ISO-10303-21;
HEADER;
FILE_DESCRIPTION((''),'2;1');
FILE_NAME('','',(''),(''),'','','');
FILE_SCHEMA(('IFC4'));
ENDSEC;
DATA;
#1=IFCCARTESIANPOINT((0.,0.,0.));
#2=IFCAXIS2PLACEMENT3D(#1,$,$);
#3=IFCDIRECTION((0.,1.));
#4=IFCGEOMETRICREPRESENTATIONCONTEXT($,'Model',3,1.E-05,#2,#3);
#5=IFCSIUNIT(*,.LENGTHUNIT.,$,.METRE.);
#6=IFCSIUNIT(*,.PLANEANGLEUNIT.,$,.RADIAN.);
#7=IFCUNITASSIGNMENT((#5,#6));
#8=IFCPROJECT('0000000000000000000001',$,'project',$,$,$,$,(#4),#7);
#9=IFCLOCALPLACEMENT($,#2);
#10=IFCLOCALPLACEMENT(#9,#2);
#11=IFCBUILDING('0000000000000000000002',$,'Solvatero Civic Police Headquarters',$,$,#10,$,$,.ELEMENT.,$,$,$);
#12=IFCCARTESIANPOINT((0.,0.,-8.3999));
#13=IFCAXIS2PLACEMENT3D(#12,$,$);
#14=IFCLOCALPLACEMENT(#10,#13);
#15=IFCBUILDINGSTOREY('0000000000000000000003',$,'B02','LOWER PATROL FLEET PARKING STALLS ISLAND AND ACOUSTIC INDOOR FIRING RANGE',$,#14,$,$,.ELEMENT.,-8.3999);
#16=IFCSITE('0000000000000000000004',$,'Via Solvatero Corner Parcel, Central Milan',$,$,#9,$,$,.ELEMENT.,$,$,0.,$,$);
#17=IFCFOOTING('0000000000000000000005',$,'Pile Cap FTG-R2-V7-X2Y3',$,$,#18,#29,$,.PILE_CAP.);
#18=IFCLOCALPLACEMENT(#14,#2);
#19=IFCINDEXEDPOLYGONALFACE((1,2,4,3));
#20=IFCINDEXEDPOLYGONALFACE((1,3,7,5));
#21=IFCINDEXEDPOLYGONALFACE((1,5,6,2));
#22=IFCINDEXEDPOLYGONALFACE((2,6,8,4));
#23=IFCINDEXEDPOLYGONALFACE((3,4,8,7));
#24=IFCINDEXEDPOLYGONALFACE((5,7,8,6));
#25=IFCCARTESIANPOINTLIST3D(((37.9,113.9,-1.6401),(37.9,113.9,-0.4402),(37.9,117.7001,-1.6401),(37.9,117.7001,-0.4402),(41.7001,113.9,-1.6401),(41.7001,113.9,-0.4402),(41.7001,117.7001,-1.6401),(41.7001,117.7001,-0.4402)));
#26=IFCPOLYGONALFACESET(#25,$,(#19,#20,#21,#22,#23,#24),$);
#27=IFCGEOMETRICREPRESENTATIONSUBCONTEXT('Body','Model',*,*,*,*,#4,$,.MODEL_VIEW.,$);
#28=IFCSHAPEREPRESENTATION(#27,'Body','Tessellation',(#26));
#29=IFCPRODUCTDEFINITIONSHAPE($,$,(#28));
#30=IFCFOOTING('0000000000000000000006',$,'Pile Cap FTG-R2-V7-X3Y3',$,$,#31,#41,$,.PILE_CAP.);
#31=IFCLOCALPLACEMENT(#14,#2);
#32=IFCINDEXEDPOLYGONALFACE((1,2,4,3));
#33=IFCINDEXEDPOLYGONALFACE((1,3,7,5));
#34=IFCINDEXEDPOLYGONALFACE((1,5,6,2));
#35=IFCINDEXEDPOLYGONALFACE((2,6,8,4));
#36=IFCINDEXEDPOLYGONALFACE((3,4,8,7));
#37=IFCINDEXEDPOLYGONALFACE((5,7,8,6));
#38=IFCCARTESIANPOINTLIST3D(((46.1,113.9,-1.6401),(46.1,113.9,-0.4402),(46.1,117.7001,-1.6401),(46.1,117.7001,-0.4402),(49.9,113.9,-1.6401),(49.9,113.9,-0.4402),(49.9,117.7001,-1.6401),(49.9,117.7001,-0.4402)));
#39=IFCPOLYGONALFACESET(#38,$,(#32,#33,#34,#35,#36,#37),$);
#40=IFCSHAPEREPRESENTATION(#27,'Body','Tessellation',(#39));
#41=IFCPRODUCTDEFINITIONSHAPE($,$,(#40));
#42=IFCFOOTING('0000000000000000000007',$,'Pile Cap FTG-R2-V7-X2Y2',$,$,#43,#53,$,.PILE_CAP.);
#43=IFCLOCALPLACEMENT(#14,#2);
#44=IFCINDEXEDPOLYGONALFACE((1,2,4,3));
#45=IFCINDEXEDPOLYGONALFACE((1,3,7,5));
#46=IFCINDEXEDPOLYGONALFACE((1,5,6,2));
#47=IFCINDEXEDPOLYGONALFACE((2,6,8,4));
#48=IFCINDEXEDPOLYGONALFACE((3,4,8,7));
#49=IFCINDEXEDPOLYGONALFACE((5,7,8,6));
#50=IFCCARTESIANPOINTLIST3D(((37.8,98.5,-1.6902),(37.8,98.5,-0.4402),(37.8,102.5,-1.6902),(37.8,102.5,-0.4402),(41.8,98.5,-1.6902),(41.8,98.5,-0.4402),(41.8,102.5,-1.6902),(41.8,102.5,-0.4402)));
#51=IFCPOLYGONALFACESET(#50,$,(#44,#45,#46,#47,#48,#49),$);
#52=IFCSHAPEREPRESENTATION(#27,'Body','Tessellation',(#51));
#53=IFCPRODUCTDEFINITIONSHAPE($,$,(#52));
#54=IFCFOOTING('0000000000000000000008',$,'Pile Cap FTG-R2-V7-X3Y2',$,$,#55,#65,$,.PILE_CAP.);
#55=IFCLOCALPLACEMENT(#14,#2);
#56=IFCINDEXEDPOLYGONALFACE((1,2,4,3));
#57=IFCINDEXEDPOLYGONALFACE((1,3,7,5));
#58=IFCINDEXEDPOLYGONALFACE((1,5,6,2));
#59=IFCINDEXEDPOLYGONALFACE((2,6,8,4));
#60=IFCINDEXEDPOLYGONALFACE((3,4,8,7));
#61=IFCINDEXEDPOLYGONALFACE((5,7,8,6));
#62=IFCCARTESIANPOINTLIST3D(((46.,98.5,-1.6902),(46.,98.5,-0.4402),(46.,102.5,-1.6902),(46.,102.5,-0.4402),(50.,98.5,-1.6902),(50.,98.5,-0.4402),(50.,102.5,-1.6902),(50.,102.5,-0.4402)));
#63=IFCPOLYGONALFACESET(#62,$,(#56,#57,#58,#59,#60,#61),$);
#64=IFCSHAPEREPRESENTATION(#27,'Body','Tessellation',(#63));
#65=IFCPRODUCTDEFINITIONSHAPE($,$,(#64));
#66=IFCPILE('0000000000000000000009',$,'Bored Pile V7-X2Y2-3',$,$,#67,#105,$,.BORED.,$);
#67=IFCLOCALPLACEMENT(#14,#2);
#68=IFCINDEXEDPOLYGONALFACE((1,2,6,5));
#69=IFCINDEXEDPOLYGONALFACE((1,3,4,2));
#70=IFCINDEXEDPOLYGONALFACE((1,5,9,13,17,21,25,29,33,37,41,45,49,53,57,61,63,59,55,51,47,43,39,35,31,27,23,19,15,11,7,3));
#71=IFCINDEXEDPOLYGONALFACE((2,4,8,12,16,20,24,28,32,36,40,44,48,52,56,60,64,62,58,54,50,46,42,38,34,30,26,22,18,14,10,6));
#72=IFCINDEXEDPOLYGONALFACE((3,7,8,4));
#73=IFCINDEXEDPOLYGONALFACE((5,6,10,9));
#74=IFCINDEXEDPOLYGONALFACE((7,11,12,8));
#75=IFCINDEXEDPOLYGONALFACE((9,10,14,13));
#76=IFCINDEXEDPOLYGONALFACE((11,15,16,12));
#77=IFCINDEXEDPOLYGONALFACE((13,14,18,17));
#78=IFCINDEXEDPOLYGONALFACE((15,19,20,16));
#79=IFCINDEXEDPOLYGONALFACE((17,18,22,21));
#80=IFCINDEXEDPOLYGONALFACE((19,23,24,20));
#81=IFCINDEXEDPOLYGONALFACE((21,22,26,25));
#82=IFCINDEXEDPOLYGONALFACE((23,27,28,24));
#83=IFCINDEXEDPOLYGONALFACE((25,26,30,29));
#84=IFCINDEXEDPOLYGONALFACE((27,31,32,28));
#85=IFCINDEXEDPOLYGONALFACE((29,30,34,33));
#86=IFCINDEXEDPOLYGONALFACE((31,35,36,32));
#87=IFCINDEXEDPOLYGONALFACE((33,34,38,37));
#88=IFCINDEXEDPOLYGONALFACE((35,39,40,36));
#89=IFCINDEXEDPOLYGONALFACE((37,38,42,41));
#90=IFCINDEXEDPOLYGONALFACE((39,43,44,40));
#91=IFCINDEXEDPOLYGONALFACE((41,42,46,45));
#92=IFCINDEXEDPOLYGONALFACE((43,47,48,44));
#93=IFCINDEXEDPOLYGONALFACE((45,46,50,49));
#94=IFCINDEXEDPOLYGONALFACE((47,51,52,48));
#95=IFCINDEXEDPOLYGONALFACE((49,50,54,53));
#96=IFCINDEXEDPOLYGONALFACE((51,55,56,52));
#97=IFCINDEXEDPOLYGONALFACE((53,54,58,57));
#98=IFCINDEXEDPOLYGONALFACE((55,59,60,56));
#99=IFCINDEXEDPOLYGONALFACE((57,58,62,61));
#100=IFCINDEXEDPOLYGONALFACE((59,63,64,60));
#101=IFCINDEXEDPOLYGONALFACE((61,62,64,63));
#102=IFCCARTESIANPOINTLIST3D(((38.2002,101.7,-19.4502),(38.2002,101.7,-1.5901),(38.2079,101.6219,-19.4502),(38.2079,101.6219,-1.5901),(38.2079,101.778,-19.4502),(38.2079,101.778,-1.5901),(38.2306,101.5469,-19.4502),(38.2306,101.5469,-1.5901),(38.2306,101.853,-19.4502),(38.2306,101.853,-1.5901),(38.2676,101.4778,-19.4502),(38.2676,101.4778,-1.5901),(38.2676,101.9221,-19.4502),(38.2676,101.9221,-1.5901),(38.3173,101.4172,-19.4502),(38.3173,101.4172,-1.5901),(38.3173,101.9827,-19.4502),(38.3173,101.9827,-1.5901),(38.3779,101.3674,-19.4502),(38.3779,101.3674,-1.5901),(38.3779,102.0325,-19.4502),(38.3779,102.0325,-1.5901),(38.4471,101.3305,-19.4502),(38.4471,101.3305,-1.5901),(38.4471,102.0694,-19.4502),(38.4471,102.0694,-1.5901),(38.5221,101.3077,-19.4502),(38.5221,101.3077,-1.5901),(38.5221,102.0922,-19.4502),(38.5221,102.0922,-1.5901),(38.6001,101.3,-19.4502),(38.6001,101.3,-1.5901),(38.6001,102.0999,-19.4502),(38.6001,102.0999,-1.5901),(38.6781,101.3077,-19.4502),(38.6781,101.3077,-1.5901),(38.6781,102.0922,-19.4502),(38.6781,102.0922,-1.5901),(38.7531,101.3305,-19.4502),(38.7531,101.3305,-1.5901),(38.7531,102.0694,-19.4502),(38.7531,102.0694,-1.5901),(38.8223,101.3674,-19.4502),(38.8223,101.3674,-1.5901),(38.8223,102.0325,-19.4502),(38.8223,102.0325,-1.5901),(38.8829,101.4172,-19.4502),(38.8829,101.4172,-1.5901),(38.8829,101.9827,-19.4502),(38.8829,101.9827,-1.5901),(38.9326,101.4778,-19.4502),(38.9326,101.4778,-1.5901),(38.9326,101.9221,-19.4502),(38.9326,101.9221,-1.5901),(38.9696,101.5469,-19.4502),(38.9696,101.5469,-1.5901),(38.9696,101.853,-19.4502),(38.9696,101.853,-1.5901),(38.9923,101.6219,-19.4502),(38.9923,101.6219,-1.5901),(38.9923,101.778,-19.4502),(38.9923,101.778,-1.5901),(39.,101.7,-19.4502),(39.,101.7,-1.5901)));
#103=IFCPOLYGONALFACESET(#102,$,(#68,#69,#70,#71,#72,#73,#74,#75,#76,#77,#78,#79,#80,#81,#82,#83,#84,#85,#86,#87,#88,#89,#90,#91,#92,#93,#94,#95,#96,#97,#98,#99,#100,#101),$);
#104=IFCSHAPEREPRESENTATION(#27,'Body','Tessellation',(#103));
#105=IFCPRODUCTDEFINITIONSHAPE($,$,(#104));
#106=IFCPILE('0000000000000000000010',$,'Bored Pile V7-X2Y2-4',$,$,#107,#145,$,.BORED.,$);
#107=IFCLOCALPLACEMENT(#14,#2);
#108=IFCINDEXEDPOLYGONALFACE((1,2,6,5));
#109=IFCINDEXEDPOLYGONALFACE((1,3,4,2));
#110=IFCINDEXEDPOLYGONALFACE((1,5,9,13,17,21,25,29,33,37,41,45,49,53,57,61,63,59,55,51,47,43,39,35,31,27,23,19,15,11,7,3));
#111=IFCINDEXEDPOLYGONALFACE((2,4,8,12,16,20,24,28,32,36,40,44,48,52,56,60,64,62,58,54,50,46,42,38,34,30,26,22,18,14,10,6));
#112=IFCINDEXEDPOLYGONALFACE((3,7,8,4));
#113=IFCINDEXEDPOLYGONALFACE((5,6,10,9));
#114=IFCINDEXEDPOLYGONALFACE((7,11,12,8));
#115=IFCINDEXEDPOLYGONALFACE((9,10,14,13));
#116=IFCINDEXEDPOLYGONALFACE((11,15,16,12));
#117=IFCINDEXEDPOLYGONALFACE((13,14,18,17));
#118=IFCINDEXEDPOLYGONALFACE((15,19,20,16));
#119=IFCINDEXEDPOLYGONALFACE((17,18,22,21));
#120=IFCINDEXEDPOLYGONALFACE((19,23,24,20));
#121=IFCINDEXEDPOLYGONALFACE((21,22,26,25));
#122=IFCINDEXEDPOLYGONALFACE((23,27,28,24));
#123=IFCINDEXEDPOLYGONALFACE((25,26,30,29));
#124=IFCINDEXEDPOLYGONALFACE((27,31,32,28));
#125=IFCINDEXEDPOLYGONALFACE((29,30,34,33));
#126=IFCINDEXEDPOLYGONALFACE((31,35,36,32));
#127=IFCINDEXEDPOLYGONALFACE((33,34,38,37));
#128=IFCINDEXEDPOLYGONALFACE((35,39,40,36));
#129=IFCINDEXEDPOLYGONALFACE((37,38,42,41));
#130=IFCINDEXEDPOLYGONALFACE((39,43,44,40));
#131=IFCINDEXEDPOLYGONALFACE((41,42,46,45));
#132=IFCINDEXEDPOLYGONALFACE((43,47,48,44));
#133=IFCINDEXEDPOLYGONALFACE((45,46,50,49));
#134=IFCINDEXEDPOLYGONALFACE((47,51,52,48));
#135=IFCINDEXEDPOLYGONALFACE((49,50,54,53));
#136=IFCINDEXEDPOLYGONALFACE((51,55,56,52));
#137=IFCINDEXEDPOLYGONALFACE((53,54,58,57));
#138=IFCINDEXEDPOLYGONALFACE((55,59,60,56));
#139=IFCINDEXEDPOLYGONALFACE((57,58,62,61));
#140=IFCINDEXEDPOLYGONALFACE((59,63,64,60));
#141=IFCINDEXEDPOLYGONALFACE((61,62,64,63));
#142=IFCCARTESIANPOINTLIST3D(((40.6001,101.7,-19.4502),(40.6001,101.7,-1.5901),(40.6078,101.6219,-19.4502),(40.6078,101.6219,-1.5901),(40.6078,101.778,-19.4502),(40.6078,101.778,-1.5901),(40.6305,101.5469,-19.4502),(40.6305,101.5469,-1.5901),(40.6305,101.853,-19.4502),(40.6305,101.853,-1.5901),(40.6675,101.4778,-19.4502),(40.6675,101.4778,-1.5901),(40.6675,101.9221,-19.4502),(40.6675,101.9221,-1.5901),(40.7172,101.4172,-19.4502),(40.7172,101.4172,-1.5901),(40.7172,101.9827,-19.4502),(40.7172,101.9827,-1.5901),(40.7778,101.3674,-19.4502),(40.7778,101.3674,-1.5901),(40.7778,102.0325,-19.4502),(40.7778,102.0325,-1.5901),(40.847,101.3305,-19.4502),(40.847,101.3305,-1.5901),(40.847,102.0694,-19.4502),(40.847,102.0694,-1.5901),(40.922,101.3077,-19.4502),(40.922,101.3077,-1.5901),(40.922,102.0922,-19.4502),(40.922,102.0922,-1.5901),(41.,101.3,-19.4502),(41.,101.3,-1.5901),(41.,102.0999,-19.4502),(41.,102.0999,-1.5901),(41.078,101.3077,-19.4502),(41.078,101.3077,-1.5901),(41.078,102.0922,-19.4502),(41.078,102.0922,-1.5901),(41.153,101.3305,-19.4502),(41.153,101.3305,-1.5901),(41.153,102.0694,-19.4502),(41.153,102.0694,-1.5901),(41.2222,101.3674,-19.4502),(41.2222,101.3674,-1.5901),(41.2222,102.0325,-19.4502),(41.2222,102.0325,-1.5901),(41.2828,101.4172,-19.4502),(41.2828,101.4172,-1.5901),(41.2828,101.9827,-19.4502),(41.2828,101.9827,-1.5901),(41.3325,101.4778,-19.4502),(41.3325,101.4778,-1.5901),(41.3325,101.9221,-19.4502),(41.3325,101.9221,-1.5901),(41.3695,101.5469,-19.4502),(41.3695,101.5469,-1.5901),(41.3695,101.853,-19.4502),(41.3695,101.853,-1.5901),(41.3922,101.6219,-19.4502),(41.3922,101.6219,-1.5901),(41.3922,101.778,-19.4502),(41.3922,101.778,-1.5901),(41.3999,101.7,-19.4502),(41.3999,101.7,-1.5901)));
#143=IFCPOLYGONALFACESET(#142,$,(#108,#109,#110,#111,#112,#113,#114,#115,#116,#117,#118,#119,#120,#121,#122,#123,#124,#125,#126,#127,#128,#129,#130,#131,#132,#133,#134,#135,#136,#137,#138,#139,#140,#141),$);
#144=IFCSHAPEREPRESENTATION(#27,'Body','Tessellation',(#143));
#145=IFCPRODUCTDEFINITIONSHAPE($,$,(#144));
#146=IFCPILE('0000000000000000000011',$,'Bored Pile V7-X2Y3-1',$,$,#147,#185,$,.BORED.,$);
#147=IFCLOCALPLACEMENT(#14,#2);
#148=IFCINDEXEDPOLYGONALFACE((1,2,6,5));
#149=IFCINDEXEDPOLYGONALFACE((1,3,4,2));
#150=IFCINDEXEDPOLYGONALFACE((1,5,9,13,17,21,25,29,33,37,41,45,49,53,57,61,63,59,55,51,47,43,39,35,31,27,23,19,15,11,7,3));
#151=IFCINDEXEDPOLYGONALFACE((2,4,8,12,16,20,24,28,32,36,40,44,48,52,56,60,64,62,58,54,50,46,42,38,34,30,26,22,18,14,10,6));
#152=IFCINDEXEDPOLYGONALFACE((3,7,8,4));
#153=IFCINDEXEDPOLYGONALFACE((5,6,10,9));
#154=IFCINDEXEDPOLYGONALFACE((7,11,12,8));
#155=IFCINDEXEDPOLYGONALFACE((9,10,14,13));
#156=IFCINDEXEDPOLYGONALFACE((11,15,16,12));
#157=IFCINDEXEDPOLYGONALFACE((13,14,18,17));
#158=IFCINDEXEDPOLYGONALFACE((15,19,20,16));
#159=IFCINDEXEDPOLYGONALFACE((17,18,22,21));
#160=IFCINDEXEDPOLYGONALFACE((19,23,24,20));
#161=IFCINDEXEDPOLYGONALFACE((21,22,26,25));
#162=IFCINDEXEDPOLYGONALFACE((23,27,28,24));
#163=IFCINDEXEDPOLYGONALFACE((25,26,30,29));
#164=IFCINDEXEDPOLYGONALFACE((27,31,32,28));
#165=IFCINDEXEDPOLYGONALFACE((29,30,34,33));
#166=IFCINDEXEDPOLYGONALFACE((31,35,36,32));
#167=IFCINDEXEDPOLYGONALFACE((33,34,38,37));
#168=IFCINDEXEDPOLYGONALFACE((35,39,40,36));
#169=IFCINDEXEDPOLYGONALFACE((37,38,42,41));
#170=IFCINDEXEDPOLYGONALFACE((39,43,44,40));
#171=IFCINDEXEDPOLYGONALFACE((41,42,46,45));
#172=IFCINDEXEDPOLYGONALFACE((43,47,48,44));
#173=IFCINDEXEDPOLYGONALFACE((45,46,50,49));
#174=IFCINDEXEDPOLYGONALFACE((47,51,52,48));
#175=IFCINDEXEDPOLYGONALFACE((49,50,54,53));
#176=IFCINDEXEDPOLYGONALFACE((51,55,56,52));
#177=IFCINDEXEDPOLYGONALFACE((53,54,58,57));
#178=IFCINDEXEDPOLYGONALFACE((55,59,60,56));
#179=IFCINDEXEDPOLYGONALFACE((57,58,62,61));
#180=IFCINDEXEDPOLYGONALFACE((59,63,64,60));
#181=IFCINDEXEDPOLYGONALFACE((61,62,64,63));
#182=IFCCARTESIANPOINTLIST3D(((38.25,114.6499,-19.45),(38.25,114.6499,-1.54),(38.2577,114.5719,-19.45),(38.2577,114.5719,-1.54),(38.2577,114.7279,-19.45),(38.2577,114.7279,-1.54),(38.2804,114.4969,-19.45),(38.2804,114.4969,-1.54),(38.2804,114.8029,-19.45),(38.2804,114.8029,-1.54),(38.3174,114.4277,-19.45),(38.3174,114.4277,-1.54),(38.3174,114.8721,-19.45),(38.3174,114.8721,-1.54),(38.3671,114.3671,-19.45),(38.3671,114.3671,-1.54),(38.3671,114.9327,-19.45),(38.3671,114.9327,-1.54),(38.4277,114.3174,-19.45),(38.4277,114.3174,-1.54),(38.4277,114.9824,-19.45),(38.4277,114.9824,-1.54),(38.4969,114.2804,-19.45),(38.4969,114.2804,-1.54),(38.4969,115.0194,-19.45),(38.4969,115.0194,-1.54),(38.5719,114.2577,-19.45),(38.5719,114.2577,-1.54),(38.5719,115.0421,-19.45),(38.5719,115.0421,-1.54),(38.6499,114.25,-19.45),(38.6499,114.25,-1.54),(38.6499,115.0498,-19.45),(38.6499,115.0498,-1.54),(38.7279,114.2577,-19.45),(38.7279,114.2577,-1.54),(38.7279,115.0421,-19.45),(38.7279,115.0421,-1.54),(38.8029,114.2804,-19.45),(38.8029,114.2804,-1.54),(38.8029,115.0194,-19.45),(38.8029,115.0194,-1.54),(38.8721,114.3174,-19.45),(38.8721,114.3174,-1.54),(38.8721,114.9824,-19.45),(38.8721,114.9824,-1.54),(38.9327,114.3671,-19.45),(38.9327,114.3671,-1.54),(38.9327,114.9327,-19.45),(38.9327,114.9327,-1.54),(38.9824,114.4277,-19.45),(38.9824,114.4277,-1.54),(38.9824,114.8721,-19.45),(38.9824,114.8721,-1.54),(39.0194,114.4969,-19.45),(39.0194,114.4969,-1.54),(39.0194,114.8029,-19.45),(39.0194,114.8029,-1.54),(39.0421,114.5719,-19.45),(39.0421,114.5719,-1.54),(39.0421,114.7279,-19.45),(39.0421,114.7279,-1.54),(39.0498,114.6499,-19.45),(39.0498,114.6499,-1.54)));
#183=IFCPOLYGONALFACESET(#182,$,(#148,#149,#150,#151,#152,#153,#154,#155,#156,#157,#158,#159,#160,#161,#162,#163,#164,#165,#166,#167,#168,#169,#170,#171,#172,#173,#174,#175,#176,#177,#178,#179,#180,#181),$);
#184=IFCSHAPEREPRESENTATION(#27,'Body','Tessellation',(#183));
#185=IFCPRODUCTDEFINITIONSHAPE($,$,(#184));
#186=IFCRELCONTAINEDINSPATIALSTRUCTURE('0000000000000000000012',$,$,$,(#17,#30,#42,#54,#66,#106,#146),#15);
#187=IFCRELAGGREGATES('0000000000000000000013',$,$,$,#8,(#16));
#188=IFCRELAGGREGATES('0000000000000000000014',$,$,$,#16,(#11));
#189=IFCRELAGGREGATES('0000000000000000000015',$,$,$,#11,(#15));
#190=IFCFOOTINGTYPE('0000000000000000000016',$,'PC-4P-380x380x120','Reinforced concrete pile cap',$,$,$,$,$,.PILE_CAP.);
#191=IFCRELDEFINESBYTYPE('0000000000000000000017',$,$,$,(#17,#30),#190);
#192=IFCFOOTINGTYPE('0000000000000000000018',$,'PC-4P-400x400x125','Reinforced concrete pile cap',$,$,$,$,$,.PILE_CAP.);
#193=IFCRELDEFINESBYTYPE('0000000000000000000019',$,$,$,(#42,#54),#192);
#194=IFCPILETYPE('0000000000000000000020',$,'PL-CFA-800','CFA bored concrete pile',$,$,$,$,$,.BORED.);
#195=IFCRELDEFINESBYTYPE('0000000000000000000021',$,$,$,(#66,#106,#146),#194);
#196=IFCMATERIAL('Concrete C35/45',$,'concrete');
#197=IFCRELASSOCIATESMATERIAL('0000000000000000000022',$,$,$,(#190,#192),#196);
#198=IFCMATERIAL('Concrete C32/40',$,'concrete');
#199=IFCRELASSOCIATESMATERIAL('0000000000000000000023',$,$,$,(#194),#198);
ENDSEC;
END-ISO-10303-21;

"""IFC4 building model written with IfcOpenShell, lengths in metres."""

from ifc_helpers import new_model, si_unit, direction, frame, origin, origin_2d, place, context, subcontext, project, spatial, rectangle, circle, extrude, material, material_profile, profile_set, type_object, element, save


model = new_model("IFC4")

# Units and contexts
model_context = context("Model", 3, precision=1e-05, world=origin(), true_north=direction((0.0, 1.0)))
body_context = subcontext(model_context, "Body", "Model", "MODEL_VIEW")
ifc_project = project(units=[si_unit("LENGTHUNIT", "METRE"), si_unit("PLANEANGLEUNIT", "RADIAN")], contexts=[model_context])

# Site, building, storey
site_placement = place(None, origin())
site = spatial("IfcSite", under=ifc_project, at=site_placement, Name="Via Solvatero Corner Parcel, Central Milan", CompositionType="ELEMENT", RefElevation=0.0)
building_placement = place(site_placement, origin())
building = spatial("IfcBuilding", under=site, at=building_placement, Name="Solvatero Civic Police Headquarters", CompositionType="ELEMENT")
storey_placement = place(building_placement, frame((0.0, 0.0, -8.3999)))
storey = spatial("IfcBuildingStorey", under=building, at=storey_placement, Name="B02", Description="LOWER PATROL FLEET PARKING STALLS ISLAND AND ACOUSTIC INDOOR FIRING RANGE", CompositionType="ELEMENT", Elevation=-8.3999)

# Footings
ifc_material_1 = material(Name="Concrete C35/45", Category="concrete")
footing_type_1 = type_object("IfcFootingType", Name="PC-4P-380x380x120", Description="Reinforced concrete pile cap", PredefinedType="PILE_CAP", material=ifc_material_1)
for number, where, z_axis, x_axis, name in (
    (1, (39.8, 115.8, -1.6401), (0.0, 0.0, 1.0), (1.0, 0.0, 0.0), "Pile Cap FTG-R2-V7-X2Y3"),
    (2, (48.0, 115.8, -1.6401), (0.0, 0.0, 1.0), (1.0, 0.0, 0.0), "Pile Cap FTG-R2-V7-X3Y3"),
):
    element("IfcFooting", number, at=place(storey_placement, frame(where, z_axis=z_axis, x_axis=x_axis)), inside=storey, type_object=footing_type_1, Name=name, PredefinedType="PILE_CAP", context=body_context, shape_type="SweptSolid", body=[
        extrude(rectangle(XDim=3.8, YDim=3.8, at=origin_2d()), origin(), (0.0, 0.0, 1.0), 1.2),
    ])
footing_type_2 = type_object("IfcFootingType", Name="PC-4P-400x400x125", Description="Reinforced concrete pile cap", PredefinedType="PILE_CAP", material=ifc_material_1)
for number, where, z_axis, x_axis, name in (
    (3, (39.8, 100.5, -1.6902), (0.0, 0.0, 1.0), (1.0, 0.0, 0.0), "Pile Cap FTG-R2-V7-X2Y2"),
    (4, (48.0, 100.5, -1.6902), (0.0, 0.0, 1.0), (1.0, 0.0, 0.0), "Pile Cap FTG-R2-V7-X3Y2"),
):
    element("IfcFooting", number, at=place(storey_placement, frame(where, z_axis=z_axis, x_axis=x_axis)), inside=storey, type_object=footing_type_2, Name=name, PredefinedType="PILE_CAP", context=body_context, shape_type="SweptSolid", body=[
        extrude(rectangle(XDim=4.0, YDim=4.0, at=origin_2d()), origin(), (0.0, 0.0, 1.0), 1.25),
    ])

# Piles
ifc_material_2 = material(Name="Concrete C32/40", Category="concrete")
ifc_material_profile_1 = material_profile(ifc_material_2, circle(Radius=0.3999, at=origin_2d()), Name="CFA PILE D800")
ifc_profile_set_1 = profile_set([ifc_material_profile_1], Name="Concrete C32/40")
pile_type = type_object("IfcPileType", Name="PL-CFA-800", Description="CFA bored concrete pile", PredefinedType="BORED", material=ifc_profile_set_1)
for number, where, z_axis, x_axis, name in (
    (5, (38.6001, 101.7, -1.5901), (0.0, 0.0, -1.0), (1.0, 0.0, 0.0), "Bored Pile V7-X2Y2-3"),
    (6, (41.0, 101.7, -1.5901), (0.0, 0.0, -1.0), (1.0, 0.0, 0.0), "Bored Pile V7-X2Y2-4"),
):
    element("IfcPile", number, at=place(storey_placement, frame(where, z_axis=z_axis, x_axis=x_axis)), inside=storey, type_object=pile_type, Name=name, PredefinedType="BORED", context=body_context, shape_type="SweptSolid", body=[
        extrude(circle(Radius=0.3999, at=origin_2d()), origin(), (0.0, 0.0, 1.0), 17.8601),
    ])
for number, where, z_axis, x_axis, name in (
    (7, (38.6499, 114.6499, -1.54), (0.0, 0.0, -1.0), (1.0, 0.0, 0.0), "Bored Pile V7-X2Y3-1"),
):
    element("IfcPile", number, at=place(storey_placement, frame(where, z_axis=z_axis, x_axis=x_axis)), inside=storey, type_object=pile_type, Name=name, PredefinedType="BORED", context=body_context, shape_type="SweptSolid", body=[
        extrude(circle(Radius=0.3999, at=origin_2d()), origin(), (0.0, 0.0, 1.0), 17.9099),
    ])

save(model, "model.ifc")
